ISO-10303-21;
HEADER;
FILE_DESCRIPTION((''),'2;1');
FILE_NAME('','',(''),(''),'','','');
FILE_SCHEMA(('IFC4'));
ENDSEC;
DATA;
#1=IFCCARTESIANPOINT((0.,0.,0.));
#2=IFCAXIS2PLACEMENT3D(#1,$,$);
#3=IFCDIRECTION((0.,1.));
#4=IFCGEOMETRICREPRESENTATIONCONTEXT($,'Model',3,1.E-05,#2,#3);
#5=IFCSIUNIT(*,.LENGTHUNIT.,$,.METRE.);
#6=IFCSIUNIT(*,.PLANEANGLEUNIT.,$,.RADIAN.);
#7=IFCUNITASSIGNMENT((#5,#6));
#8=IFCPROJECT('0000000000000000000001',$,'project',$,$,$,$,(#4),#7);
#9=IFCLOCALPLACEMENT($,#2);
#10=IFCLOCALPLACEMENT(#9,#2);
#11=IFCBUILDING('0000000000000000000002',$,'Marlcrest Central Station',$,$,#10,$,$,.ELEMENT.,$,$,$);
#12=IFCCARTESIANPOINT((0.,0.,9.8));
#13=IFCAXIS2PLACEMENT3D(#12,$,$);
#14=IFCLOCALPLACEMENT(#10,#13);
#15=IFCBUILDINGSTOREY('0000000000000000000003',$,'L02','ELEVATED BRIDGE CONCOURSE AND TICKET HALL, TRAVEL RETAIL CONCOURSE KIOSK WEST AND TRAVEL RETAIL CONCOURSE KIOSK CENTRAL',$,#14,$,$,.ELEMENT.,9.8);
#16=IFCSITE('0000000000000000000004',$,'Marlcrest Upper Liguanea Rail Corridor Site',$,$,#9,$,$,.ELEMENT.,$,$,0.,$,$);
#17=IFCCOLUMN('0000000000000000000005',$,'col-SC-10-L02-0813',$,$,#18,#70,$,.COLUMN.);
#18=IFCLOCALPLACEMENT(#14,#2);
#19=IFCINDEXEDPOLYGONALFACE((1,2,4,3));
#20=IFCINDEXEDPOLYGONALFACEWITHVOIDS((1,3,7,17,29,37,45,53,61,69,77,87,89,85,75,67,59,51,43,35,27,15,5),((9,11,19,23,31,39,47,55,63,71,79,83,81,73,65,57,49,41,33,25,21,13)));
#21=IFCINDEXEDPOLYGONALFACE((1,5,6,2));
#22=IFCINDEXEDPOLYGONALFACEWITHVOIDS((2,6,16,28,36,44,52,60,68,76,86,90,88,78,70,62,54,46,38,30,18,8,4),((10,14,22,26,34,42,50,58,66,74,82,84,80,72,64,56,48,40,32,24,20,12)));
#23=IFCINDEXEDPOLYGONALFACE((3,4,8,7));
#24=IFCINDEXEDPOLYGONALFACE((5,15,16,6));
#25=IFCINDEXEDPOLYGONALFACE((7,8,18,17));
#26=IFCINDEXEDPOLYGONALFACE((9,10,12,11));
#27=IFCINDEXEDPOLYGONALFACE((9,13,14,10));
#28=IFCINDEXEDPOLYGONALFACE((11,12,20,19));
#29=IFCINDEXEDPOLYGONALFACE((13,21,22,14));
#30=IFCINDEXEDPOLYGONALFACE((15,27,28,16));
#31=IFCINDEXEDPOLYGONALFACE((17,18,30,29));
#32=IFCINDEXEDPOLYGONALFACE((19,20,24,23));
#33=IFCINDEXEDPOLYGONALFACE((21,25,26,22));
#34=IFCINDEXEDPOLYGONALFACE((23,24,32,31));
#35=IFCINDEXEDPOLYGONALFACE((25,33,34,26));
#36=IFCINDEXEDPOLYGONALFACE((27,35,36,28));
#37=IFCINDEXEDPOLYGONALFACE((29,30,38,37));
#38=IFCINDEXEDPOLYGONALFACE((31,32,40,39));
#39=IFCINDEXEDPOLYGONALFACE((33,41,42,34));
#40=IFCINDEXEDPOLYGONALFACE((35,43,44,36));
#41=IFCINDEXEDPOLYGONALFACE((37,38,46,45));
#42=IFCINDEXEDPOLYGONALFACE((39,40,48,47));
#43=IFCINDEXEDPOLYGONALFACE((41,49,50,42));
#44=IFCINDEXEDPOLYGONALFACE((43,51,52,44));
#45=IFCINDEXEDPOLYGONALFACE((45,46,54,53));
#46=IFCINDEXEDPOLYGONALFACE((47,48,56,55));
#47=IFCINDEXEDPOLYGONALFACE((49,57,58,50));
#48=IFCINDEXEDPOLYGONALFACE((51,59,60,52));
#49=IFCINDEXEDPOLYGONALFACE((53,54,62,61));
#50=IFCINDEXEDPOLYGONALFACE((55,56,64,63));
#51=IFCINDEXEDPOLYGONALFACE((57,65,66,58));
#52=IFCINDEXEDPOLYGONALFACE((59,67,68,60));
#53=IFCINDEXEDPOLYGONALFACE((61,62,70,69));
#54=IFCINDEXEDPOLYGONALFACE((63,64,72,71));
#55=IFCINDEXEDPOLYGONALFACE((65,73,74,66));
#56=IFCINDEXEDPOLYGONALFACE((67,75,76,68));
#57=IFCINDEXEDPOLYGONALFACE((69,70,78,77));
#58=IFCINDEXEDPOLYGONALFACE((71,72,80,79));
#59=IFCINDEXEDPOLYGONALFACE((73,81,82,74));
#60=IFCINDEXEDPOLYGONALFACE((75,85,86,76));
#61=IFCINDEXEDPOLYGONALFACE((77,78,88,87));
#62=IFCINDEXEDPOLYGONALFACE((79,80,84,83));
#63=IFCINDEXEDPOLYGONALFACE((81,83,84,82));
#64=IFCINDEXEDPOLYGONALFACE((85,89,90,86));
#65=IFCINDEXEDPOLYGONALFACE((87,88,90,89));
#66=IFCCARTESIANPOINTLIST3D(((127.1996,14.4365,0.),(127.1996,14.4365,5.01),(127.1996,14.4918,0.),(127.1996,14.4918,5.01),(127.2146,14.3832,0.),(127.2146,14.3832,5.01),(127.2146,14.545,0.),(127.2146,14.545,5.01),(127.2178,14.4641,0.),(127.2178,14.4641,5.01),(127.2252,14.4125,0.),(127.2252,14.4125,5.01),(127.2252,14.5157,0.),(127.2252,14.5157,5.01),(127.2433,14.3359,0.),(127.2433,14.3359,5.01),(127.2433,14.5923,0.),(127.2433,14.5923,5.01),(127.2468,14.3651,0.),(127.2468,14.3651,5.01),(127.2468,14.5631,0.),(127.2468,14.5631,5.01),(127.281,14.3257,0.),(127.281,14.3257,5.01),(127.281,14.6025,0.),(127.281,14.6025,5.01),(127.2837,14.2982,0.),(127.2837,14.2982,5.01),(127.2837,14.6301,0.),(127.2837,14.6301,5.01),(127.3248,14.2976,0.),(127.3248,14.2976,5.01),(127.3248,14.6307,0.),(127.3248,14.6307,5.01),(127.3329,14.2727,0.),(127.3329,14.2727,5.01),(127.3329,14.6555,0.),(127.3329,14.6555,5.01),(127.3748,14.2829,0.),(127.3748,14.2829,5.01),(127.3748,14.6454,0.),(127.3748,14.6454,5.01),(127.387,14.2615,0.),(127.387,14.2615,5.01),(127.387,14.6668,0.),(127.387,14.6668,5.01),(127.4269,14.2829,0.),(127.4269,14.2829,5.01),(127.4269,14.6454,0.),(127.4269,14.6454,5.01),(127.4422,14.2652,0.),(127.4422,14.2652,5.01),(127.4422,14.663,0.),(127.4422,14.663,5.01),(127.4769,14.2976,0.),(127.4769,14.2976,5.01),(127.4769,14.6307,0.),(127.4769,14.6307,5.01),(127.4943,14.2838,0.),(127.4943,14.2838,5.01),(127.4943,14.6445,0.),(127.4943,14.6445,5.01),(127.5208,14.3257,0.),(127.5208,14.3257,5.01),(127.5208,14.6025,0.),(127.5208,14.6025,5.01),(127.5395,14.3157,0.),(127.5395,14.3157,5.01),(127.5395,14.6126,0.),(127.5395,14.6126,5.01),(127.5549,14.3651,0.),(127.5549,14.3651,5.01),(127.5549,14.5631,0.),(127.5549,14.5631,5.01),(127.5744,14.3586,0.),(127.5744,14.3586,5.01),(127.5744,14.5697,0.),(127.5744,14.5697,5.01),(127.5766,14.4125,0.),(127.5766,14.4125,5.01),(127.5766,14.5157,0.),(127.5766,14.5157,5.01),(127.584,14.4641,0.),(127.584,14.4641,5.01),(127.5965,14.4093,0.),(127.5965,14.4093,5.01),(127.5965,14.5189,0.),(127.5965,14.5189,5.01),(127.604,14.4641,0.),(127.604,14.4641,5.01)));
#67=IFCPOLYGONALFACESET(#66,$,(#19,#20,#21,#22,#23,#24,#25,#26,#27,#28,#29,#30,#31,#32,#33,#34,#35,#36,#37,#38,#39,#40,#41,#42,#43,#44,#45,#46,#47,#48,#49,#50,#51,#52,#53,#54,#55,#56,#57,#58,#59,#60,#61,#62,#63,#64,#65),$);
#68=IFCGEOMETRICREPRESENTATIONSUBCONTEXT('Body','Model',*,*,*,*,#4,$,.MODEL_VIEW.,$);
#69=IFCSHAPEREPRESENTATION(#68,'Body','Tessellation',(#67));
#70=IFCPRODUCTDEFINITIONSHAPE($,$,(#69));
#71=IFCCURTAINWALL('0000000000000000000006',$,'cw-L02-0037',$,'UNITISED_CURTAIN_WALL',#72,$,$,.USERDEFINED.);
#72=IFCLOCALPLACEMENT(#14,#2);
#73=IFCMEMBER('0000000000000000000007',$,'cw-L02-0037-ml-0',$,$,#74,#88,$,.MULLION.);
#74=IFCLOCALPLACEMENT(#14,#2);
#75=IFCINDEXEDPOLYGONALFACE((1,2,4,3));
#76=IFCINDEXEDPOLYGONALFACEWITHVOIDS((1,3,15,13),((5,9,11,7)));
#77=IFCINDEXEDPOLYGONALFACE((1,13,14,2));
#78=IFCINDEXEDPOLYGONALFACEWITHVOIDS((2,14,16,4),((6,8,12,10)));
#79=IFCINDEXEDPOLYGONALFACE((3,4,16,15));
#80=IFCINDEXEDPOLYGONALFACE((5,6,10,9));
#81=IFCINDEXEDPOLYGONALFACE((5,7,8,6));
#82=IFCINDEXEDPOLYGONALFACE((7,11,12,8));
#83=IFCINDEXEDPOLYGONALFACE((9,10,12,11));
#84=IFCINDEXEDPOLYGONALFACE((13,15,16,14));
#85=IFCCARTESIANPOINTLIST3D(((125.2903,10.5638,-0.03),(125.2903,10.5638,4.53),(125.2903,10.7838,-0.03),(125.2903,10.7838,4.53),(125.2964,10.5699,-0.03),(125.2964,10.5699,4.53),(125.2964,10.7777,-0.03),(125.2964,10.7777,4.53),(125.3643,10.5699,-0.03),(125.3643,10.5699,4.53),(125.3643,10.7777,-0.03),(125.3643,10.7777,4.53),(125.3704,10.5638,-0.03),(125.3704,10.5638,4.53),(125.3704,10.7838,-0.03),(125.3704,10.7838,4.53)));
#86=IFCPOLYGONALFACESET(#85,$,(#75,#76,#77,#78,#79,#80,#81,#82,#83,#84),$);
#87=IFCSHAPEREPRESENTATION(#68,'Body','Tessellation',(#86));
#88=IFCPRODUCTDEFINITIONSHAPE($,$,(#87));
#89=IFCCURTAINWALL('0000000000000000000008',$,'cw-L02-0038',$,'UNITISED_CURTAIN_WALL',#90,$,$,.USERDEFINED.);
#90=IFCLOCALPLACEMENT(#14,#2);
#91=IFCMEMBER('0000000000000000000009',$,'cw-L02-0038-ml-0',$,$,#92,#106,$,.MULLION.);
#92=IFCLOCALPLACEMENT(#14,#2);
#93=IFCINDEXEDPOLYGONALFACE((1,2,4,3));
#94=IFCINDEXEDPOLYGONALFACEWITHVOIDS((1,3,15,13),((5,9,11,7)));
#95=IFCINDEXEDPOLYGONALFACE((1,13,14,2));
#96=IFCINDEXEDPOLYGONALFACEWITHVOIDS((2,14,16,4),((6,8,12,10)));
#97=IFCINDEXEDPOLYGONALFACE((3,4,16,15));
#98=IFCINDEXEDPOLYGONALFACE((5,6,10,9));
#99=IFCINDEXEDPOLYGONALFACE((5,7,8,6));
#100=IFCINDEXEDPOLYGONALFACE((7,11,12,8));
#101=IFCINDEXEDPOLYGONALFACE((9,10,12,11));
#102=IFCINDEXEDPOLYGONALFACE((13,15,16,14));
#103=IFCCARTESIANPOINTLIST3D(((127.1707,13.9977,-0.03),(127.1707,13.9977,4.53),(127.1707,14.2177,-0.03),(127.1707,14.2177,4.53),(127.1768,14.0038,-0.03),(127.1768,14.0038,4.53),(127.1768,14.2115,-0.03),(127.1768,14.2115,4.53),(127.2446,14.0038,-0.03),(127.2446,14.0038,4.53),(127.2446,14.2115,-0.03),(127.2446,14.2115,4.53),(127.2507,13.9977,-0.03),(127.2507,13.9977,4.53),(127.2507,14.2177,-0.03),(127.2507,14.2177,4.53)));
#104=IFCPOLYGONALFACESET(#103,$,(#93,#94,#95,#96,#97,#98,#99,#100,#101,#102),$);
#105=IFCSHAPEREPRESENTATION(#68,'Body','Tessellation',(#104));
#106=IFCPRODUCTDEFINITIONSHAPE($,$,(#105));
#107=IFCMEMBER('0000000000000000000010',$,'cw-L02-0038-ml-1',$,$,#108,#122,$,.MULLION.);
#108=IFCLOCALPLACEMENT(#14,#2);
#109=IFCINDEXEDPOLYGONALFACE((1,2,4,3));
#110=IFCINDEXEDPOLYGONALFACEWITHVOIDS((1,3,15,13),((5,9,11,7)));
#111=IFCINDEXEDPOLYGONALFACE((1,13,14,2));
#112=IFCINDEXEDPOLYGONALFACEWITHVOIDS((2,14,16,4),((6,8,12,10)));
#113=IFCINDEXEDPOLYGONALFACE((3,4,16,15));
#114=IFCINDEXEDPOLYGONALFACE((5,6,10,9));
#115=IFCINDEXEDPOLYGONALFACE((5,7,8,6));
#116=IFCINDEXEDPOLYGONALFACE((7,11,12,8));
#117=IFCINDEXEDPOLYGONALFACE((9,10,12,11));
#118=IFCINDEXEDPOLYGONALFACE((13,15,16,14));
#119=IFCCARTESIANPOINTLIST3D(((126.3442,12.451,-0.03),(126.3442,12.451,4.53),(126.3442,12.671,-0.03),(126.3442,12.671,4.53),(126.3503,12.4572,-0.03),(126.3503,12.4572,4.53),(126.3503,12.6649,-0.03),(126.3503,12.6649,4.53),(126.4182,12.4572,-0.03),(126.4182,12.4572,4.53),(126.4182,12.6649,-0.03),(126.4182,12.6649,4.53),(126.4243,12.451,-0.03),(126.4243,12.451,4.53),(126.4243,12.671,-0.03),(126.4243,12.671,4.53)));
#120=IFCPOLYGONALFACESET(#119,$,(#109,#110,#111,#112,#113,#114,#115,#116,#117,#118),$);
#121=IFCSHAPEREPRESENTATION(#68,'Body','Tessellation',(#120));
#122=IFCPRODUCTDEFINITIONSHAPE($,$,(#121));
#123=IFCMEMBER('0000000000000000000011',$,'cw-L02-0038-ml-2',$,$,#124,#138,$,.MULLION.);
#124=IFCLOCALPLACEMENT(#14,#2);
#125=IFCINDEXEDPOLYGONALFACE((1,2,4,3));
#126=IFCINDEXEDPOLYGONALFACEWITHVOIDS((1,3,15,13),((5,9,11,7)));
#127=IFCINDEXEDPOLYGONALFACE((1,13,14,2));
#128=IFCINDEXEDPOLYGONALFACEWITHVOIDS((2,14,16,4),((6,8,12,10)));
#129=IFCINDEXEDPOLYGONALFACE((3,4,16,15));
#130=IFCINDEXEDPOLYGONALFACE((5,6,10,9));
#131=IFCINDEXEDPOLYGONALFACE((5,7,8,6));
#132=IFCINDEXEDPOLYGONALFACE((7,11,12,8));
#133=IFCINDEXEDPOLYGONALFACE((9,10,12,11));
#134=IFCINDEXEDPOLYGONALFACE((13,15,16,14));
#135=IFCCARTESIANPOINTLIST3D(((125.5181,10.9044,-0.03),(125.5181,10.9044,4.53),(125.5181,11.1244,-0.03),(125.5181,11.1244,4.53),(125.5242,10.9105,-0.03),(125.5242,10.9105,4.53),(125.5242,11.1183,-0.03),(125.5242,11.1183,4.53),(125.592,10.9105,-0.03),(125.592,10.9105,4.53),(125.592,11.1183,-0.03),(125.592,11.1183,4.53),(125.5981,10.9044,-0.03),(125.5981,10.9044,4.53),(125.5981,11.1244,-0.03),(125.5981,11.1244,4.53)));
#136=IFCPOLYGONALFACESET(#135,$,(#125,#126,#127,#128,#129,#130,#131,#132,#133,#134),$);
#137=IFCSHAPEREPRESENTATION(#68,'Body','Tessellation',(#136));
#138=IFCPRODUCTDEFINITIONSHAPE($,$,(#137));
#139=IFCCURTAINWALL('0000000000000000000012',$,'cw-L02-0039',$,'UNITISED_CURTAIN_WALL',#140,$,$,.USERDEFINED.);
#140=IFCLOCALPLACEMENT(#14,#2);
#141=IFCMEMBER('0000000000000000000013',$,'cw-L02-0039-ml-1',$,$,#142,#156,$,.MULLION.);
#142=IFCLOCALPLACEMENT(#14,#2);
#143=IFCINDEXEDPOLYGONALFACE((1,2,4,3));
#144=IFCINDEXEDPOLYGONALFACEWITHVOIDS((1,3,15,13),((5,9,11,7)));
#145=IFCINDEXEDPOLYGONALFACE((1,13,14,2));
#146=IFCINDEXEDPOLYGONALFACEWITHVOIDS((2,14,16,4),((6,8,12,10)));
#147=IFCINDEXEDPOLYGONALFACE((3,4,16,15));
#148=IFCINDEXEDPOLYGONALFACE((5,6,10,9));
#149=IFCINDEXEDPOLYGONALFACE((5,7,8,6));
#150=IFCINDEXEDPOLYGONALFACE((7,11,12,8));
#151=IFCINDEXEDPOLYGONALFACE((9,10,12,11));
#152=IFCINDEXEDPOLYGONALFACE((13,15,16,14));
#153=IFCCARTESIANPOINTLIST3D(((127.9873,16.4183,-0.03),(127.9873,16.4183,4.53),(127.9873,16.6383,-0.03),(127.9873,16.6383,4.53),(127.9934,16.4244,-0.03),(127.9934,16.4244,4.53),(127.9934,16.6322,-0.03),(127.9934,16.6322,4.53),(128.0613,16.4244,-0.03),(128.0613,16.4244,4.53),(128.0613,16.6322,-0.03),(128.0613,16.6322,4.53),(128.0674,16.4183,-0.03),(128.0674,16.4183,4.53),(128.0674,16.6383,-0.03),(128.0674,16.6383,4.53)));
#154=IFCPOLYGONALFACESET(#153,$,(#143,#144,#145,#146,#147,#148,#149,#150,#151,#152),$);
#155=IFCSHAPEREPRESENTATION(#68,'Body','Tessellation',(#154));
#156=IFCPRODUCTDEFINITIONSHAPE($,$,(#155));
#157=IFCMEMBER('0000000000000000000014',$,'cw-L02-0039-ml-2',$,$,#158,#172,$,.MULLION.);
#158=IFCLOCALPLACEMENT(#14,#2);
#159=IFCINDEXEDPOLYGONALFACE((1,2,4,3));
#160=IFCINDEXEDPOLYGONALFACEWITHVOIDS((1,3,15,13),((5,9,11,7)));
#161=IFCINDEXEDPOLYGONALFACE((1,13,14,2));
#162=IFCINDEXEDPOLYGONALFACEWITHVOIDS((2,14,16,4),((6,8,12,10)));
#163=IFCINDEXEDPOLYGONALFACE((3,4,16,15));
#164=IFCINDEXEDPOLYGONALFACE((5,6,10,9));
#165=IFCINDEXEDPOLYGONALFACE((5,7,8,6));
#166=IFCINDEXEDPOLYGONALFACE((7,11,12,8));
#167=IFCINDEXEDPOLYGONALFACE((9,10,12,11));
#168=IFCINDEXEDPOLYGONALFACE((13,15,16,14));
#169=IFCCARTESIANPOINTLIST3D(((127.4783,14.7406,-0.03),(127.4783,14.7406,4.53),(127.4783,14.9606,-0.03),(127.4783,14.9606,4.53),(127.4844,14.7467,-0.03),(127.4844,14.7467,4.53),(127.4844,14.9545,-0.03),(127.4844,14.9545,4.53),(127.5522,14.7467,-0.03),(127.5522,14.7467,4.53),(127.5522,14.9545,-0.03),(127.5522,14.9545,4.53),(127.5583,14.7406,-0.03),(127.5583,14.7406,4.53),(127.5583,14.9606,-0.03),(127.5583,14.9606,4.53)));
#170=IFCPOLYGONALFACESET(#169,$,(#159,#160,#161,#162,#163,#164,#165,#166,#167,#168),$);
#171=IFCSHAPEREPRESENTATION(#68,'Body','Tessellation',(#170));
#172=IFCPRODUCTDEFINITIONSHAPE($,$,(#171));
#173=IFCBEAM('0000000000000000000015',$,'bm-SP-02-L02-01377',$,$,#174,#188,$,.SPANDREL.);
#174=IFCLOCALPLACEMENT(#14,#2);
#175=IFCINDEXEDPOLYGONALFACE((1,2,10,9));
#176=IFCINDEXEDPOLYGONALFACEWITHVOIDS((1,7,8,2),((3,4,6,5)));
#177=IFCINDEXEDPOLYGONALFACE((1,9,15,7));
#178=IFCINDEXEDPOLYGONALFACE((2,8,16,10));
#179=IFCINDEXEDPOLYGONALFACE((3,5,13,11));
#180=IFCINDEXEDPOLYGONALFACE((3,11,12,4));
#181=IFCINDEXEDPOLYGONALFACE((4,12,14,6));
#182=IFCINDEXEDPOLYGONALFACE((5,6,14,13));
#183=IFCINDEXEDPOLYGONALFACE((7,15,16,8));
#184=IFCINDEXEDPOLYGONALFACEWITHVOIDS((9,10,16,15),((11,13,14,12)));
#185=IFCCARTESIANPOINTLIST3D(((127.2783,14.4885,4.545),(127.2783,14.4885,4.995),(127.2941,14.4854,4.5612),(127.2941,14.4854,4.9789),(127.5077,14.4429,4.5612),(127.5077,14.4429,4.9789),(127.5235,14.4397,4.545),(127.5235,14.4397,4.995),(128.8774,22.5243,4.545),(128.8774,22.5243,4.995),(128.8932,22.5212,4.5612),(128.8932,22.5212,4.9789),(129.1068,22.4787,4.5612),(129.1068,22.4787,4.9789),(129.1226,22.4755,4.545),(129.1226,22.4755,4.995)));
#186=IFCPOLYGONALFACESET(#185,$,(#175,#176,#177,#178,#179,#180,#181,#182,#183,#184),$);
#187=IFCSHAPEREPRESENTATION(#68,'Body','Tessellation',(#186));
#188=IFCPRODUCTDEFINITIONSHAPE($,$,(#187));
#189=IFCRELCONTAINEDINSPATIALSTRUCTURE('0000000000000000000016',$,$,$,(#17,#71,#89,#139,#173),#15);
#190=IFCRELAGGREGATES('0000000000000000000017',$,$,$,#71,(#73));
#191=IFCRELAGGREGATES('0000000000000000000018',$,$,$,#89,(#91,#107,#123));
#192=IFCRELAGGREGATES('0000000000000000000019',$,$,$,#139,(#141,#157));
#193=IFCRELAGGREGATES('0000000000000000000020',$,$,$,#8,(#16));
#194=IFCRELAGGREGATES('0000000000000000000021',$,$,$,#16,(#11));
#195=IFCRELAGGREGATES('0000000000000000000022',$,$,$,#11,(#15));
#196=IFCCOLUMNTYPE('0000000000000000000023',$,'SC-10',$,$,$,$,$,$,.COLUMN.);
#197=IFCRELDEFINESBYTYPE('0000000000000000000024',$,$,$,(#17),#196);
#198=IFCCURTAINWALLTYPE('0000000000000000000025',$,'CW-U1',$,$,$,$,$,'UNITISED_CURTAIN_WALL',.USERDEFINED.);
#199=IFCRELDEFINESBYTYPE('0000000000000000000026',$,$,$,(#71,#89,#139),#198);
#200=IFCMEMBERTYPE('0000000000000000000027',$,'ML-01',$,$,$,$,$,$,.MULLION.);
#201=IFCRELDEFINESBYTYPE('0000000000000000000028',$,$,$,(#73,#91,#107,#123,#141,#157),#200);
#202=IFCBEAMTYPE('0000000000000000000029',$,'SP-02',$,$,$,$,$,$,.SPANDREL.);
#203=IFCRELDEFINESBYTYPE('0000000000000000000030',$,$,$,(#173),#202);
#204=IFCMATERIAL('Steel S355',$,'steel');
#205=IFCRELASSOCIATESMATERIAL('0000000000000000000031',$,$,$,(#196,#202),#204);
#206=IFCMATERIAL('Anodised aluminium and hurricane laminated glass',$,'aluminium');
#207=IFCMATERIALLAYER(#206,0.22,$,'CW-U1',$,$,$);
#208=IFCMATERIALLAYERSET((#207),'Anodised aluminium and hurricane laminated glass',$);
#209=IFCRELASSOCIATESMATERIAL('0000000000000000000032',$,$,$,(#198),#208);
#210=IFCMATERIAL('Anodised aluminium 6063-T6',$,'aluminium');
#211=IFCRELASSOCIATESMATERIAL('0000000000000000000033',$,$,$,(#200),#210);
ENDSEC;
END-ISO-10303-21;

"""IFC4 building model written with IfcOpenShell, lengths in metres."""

from ifc_helpers import new_model, si_unit, direction, frame, origin, origin_2d, place, context, subcontext, project, spatial, hollow_rectangle, hollow_circle, extrude, material, layer, layer_set, material_profile, profile_set, type_object, element, aggregate, save


model = new_model("IFC4")

# Units and contexts
model_context = context("Model", 3, precision=1e-05, world=origin(), true_north=direction((0.0, 1.0)))
body_context = subcontext(model_context, "Body", "Model", "MODEL_VIEW")
ifc_project = project(units=[si_unit("LENGTHUNIT", "METRE"), si_unit("PLANEANGLEUNIT", "RADIAN")], contexts=[model_context])

# Site, building, storey
site_placement = place(None, origin())
site = spatial("IfcSite", under=ifc_project, at=site_placement, Name="Marlcrest Upper Liguanea Rail Corridor Site", CompositionType="ELEMENT", RefElevation=0.0)
building_placement = place(site_placement, origin())
building = spatial("IfcBuilding", under=site, at=building_placement, Name="Marlcrest Central Station", CompositionType="ELEMENT")
storey_placement = place(building_placement, frame((0.0, 0.0, 9.8)))
storey = spatial("IfcBuildingStorey", under=building, at=storey_placement, Name="L02", Description="ELEVATED BRIDGE CONCOURSE AND TICKET HALL, TRAVEL RETAIL CONCOURSE KIOSK WEST AND TRAVEL RETAIL CONCOURSE KIOSK CENTRAL", CompositionType="ELEMENT", Elevation=9.8)

# Column
ifc_material_1 = material(Name="Steel S355", Category="steel")
ifc_material_profile_1 = material_profile(ifc_material_1, hollow_circle(Radius=0.2031, WallThickness=0.02, at=origin_2d()), Name="CHS 406.4x20")
ifc_profile_set_1 = profile_set([ifc_material_profile_1], Name="Steel S355")
column_type = type_object("IfcColumnType", Name="SC-10", PredefinedType="COLUMN", material=ifc_profile_set_1)
column_placement = place(storey_placement, frame((127.4009, 14.4641, 0.0), z_axis=(0.0, 0.0, 1.0), x_axis=(1.0, 0.0, 0.0)))
element("IfcColumn", 1, at=column_placement, inside=storey, type_object=column_type, Name="col-SC-10-L02-0813", PredefinedType="COLUMN", context=body_context, shape_type="SweptSolid", body=[
    extrude(hollow_circle(Radius=0.2031, WallThickness=0.02, at=origin_2d()), origin(), (0.0, 0.0, 1.0), 5.01),
])

# Curtain wall, member
ifc_material_2 = material(Name="Anodised aluminium and hurricane laminated glass", Category="aluminium")
ifc_layer_1 = layer(ifc_material_2, 0.22, Name="CW-U1")
ifc_layer_set_1 = layer_set([ifc_layer_1], Name="Anodised aluminium and hurricane laminated glass")
curtain_wall_type = type_object("IfcCurtainWallType", Name="CW-U1", ElementType="UNITISED_CURTAIN_WALL", PredefinedType="USERDEFINED", material=ifc_layer_set_1)
curtain_wall_1_placement = place(storey_placement, origin())
curtain_wall_1 = element("IfcCurtainWall", 2, at=curtain_wall_1_placement, inside=storey, type_object=curtain_wall_type, Name="cw-L02-0037", ObjectType="UNITISED_CURTAIN_WALL", PredefinedType="USERDEFINED")
ifc_material_3 = material(Name="Anodised aluminium 6063-T6", Category="aluminium")
ifc_material_profile_2 = material_profile(ifc_material_3, hollow_rectangle(XDim=0.0801, YDim=0.22, WallThickness=0.0061, at=origin_2d()), Name="AA-RHS 220x80x6")
ifc_profile_set_2 = profile_set([ifc_material_profile_2], Name="Anodised aluminium 6063-T6")
member_type_1 = type_object("IfcMemberType", Name="ML-01", PredefinedType="MULLION", material=ifc_profile_set_2)
member_1_placement = place(storey_placement, frame((125.3303, 10.6738, -0.03), z_axis=(0.0, 0.0, 1.0), x_axis=(1.0, 0.0, 0.0)))
member_1 = element("IfcMember", 3, at=member_1_placement, type_object=member_type_1, Name="cw-L02-0037-ml-0", PredefinedType="MULLION", context=body_context, shape_type="SweptSolid", body=[
    extrude(hollow_rectangle(XDim=0.0801, YDim=0.22, WallThickness=0.0061, at=origin_2d()), origin(), (0.0, 0.0, 1.0), 4.5601),
])

# Curtain walls, members
curtain_wall_2_placement = place(storey_placement, origin())
curtain_wall_2 = element("IfcCurtainWall", 4, at=curtain_wall_2_placement, inside=storey, type_object=curtain_wall_type, Name="cw-L02-0038", ObjectType="UNITISED_CURTAIN_WALL", PredefinedType="USERDEFINED")
member_2_placement = place(storey_placement, frame((127.2107, 14.1077, -0.03), z_axis=(0.0, 0.0, 1.0), x_axis=(1.0, 0.0, 0.0)))
member_2 = element("IfcMember", 5, at=member_2_placement, type_object=member_type_1, Name="cw-L02-0038-ml-0", PredefinedType="MULLION", context=body_context, shape_type="SweptSolid", body=[
    extrude(hollow_rectangle(XDim=0.0801, YDim=0.22, WallThickness=0.0061, at=origin_2d()), origin(), (0.0, 0.0, 1.0), 4.5601),
])
member_3_placement = place(storey_placement, frame((126.3843, 12.561, -0.03), z_axis=(0.0, 0.0, 1.0), x_axis=(1.0, 0.0, 0.0)))
member_3 = element("IfcMember", 6, at=member_3_placement, type_object=member_type_1, Name="cw-L02-0038-ml-1", PredefinedType="MULLION", context=body_context, shape_type="SweptSolid", body=[
    extrude(hollow_rectangle(XDim=0.0801, YDim=0.22, WallThickness=0.0061, at=origin_2d()), origin(), (0.0, 0.0, 1.0), 4.5601),
])
member_4_placement = place(storey_placement, frame((125.5581, 11.0144, -0.03), z_axis=(0.0, 0.0, 1.0), x_axis=(1.0, 0.0, 0.0)))
member_4 = element("IfcMember", 7, at=member_4_placement, type_object=member_type_1, Name="cw-L02-0038-ml-2", PredefinedType="MULLION", context=body_context, shape_type="SweptSolid", body=[
    extrude(hollow_rectangle(XDim=0.0801, YDim=0.22, WallThickness=0.0061, at=origin_2d()), origin(), (0.0, 0.0, 1.0), 4.5601),
])
curtain_wall_3_placement = place(storey_placement, origin())
curtain_wall_3 = element("IfcCurtainWall", 8, at=curtain_wall_3_placement, inside=storey, type_object=curtain_wall_type, Name="cw-L02-0039", ObjectType="UNITISED_CURTAIN_WALL", PredefinedType="USERDEFINED")
member_5_placement = place(storey_placement, frame((128.0273, 16.5283, -0.03), z_axis=(0.0, 0.0, 1.0), x_axis=(1.0, 0.0, 0.0)))
member_5 = element("IfcMember", 9, at=member_5_placement, type_object=member_type_1, Name="cw-L02-0039-ml-1", PredefinedType="MULLION", context=body_context, shape_type="SweptSolid", body=[
    extrude(hollow_rectangle(XDim=0.0801, YDim=0.22, WallThickness=0.0061, at=origin_2d()), origin(), (0.0, 0.0, 1.0), 4.5601),
])
member_6_placement = place(storey_placement, frame((127.5183, 14.8506, -0.03), z_axis=(0.0, 0.0, 1.0), x_axis=(1.0, 0.0, 0.0)))
member_6 = element("IfcMember", 10, at=member_6_placement, type_object=member_type_1, Name="cw-L02-0039-ml-2", PredefinedType="MULLION", context=body_context, shape_type="SweptSolid", body=[
    extrude(hollow_rectangle(XDim=0.0801, YDim=0.22, WallThickness=0.0061, at=origin_2d()), origin(), (0.0, 0.0, 1.0), 4.5601),
])

# Beam
ifc_material_profile_3 = material_profile(ifc_material_1, hollow_rectangle(XDim=0.25, YDim=0.45, WallThickness=0.0161, at=origin_2d()), Name="RHS 450x250x16")
ifc_profile_set_3 = profile_set([ifc_material_profile_3], Name="Steel S355")
beam_type = type_object("IfcBeamType", Name="SP-02", PredefinedType="SPANDREL", material=ifc_profile_set_3)
beam_placement = place(storey_placement, frame((127.4009, 14.4641, 4.77), z_axis=(0.195171, 0.980769, 0.0), x_axis=(-0.980769, 0.195171, 0.0)))
element("IfcBeam", 11, at=beam_placement, inside=storey, type_object=beam_type, Name="bm-SP-02-L02-01377", PredefinedType="SPANDREL", context=body_context, shape_type="SweptSolid", body=[
    extrude(hollow_rectangle(XDim=0.25, YDim=0.45, WallThickness=0.0161, at=origin_2d()), origin(), (0.0, 0.0, 1.0), 8.1934),
])

aggregate(curtain_wall_1, [member_1])

aggregate(curtain_wall_2, [member_2, member_3, member_4])
aggregate(curtain_wall_3, [member_5, member_6])

save(model, "model.ifc")
